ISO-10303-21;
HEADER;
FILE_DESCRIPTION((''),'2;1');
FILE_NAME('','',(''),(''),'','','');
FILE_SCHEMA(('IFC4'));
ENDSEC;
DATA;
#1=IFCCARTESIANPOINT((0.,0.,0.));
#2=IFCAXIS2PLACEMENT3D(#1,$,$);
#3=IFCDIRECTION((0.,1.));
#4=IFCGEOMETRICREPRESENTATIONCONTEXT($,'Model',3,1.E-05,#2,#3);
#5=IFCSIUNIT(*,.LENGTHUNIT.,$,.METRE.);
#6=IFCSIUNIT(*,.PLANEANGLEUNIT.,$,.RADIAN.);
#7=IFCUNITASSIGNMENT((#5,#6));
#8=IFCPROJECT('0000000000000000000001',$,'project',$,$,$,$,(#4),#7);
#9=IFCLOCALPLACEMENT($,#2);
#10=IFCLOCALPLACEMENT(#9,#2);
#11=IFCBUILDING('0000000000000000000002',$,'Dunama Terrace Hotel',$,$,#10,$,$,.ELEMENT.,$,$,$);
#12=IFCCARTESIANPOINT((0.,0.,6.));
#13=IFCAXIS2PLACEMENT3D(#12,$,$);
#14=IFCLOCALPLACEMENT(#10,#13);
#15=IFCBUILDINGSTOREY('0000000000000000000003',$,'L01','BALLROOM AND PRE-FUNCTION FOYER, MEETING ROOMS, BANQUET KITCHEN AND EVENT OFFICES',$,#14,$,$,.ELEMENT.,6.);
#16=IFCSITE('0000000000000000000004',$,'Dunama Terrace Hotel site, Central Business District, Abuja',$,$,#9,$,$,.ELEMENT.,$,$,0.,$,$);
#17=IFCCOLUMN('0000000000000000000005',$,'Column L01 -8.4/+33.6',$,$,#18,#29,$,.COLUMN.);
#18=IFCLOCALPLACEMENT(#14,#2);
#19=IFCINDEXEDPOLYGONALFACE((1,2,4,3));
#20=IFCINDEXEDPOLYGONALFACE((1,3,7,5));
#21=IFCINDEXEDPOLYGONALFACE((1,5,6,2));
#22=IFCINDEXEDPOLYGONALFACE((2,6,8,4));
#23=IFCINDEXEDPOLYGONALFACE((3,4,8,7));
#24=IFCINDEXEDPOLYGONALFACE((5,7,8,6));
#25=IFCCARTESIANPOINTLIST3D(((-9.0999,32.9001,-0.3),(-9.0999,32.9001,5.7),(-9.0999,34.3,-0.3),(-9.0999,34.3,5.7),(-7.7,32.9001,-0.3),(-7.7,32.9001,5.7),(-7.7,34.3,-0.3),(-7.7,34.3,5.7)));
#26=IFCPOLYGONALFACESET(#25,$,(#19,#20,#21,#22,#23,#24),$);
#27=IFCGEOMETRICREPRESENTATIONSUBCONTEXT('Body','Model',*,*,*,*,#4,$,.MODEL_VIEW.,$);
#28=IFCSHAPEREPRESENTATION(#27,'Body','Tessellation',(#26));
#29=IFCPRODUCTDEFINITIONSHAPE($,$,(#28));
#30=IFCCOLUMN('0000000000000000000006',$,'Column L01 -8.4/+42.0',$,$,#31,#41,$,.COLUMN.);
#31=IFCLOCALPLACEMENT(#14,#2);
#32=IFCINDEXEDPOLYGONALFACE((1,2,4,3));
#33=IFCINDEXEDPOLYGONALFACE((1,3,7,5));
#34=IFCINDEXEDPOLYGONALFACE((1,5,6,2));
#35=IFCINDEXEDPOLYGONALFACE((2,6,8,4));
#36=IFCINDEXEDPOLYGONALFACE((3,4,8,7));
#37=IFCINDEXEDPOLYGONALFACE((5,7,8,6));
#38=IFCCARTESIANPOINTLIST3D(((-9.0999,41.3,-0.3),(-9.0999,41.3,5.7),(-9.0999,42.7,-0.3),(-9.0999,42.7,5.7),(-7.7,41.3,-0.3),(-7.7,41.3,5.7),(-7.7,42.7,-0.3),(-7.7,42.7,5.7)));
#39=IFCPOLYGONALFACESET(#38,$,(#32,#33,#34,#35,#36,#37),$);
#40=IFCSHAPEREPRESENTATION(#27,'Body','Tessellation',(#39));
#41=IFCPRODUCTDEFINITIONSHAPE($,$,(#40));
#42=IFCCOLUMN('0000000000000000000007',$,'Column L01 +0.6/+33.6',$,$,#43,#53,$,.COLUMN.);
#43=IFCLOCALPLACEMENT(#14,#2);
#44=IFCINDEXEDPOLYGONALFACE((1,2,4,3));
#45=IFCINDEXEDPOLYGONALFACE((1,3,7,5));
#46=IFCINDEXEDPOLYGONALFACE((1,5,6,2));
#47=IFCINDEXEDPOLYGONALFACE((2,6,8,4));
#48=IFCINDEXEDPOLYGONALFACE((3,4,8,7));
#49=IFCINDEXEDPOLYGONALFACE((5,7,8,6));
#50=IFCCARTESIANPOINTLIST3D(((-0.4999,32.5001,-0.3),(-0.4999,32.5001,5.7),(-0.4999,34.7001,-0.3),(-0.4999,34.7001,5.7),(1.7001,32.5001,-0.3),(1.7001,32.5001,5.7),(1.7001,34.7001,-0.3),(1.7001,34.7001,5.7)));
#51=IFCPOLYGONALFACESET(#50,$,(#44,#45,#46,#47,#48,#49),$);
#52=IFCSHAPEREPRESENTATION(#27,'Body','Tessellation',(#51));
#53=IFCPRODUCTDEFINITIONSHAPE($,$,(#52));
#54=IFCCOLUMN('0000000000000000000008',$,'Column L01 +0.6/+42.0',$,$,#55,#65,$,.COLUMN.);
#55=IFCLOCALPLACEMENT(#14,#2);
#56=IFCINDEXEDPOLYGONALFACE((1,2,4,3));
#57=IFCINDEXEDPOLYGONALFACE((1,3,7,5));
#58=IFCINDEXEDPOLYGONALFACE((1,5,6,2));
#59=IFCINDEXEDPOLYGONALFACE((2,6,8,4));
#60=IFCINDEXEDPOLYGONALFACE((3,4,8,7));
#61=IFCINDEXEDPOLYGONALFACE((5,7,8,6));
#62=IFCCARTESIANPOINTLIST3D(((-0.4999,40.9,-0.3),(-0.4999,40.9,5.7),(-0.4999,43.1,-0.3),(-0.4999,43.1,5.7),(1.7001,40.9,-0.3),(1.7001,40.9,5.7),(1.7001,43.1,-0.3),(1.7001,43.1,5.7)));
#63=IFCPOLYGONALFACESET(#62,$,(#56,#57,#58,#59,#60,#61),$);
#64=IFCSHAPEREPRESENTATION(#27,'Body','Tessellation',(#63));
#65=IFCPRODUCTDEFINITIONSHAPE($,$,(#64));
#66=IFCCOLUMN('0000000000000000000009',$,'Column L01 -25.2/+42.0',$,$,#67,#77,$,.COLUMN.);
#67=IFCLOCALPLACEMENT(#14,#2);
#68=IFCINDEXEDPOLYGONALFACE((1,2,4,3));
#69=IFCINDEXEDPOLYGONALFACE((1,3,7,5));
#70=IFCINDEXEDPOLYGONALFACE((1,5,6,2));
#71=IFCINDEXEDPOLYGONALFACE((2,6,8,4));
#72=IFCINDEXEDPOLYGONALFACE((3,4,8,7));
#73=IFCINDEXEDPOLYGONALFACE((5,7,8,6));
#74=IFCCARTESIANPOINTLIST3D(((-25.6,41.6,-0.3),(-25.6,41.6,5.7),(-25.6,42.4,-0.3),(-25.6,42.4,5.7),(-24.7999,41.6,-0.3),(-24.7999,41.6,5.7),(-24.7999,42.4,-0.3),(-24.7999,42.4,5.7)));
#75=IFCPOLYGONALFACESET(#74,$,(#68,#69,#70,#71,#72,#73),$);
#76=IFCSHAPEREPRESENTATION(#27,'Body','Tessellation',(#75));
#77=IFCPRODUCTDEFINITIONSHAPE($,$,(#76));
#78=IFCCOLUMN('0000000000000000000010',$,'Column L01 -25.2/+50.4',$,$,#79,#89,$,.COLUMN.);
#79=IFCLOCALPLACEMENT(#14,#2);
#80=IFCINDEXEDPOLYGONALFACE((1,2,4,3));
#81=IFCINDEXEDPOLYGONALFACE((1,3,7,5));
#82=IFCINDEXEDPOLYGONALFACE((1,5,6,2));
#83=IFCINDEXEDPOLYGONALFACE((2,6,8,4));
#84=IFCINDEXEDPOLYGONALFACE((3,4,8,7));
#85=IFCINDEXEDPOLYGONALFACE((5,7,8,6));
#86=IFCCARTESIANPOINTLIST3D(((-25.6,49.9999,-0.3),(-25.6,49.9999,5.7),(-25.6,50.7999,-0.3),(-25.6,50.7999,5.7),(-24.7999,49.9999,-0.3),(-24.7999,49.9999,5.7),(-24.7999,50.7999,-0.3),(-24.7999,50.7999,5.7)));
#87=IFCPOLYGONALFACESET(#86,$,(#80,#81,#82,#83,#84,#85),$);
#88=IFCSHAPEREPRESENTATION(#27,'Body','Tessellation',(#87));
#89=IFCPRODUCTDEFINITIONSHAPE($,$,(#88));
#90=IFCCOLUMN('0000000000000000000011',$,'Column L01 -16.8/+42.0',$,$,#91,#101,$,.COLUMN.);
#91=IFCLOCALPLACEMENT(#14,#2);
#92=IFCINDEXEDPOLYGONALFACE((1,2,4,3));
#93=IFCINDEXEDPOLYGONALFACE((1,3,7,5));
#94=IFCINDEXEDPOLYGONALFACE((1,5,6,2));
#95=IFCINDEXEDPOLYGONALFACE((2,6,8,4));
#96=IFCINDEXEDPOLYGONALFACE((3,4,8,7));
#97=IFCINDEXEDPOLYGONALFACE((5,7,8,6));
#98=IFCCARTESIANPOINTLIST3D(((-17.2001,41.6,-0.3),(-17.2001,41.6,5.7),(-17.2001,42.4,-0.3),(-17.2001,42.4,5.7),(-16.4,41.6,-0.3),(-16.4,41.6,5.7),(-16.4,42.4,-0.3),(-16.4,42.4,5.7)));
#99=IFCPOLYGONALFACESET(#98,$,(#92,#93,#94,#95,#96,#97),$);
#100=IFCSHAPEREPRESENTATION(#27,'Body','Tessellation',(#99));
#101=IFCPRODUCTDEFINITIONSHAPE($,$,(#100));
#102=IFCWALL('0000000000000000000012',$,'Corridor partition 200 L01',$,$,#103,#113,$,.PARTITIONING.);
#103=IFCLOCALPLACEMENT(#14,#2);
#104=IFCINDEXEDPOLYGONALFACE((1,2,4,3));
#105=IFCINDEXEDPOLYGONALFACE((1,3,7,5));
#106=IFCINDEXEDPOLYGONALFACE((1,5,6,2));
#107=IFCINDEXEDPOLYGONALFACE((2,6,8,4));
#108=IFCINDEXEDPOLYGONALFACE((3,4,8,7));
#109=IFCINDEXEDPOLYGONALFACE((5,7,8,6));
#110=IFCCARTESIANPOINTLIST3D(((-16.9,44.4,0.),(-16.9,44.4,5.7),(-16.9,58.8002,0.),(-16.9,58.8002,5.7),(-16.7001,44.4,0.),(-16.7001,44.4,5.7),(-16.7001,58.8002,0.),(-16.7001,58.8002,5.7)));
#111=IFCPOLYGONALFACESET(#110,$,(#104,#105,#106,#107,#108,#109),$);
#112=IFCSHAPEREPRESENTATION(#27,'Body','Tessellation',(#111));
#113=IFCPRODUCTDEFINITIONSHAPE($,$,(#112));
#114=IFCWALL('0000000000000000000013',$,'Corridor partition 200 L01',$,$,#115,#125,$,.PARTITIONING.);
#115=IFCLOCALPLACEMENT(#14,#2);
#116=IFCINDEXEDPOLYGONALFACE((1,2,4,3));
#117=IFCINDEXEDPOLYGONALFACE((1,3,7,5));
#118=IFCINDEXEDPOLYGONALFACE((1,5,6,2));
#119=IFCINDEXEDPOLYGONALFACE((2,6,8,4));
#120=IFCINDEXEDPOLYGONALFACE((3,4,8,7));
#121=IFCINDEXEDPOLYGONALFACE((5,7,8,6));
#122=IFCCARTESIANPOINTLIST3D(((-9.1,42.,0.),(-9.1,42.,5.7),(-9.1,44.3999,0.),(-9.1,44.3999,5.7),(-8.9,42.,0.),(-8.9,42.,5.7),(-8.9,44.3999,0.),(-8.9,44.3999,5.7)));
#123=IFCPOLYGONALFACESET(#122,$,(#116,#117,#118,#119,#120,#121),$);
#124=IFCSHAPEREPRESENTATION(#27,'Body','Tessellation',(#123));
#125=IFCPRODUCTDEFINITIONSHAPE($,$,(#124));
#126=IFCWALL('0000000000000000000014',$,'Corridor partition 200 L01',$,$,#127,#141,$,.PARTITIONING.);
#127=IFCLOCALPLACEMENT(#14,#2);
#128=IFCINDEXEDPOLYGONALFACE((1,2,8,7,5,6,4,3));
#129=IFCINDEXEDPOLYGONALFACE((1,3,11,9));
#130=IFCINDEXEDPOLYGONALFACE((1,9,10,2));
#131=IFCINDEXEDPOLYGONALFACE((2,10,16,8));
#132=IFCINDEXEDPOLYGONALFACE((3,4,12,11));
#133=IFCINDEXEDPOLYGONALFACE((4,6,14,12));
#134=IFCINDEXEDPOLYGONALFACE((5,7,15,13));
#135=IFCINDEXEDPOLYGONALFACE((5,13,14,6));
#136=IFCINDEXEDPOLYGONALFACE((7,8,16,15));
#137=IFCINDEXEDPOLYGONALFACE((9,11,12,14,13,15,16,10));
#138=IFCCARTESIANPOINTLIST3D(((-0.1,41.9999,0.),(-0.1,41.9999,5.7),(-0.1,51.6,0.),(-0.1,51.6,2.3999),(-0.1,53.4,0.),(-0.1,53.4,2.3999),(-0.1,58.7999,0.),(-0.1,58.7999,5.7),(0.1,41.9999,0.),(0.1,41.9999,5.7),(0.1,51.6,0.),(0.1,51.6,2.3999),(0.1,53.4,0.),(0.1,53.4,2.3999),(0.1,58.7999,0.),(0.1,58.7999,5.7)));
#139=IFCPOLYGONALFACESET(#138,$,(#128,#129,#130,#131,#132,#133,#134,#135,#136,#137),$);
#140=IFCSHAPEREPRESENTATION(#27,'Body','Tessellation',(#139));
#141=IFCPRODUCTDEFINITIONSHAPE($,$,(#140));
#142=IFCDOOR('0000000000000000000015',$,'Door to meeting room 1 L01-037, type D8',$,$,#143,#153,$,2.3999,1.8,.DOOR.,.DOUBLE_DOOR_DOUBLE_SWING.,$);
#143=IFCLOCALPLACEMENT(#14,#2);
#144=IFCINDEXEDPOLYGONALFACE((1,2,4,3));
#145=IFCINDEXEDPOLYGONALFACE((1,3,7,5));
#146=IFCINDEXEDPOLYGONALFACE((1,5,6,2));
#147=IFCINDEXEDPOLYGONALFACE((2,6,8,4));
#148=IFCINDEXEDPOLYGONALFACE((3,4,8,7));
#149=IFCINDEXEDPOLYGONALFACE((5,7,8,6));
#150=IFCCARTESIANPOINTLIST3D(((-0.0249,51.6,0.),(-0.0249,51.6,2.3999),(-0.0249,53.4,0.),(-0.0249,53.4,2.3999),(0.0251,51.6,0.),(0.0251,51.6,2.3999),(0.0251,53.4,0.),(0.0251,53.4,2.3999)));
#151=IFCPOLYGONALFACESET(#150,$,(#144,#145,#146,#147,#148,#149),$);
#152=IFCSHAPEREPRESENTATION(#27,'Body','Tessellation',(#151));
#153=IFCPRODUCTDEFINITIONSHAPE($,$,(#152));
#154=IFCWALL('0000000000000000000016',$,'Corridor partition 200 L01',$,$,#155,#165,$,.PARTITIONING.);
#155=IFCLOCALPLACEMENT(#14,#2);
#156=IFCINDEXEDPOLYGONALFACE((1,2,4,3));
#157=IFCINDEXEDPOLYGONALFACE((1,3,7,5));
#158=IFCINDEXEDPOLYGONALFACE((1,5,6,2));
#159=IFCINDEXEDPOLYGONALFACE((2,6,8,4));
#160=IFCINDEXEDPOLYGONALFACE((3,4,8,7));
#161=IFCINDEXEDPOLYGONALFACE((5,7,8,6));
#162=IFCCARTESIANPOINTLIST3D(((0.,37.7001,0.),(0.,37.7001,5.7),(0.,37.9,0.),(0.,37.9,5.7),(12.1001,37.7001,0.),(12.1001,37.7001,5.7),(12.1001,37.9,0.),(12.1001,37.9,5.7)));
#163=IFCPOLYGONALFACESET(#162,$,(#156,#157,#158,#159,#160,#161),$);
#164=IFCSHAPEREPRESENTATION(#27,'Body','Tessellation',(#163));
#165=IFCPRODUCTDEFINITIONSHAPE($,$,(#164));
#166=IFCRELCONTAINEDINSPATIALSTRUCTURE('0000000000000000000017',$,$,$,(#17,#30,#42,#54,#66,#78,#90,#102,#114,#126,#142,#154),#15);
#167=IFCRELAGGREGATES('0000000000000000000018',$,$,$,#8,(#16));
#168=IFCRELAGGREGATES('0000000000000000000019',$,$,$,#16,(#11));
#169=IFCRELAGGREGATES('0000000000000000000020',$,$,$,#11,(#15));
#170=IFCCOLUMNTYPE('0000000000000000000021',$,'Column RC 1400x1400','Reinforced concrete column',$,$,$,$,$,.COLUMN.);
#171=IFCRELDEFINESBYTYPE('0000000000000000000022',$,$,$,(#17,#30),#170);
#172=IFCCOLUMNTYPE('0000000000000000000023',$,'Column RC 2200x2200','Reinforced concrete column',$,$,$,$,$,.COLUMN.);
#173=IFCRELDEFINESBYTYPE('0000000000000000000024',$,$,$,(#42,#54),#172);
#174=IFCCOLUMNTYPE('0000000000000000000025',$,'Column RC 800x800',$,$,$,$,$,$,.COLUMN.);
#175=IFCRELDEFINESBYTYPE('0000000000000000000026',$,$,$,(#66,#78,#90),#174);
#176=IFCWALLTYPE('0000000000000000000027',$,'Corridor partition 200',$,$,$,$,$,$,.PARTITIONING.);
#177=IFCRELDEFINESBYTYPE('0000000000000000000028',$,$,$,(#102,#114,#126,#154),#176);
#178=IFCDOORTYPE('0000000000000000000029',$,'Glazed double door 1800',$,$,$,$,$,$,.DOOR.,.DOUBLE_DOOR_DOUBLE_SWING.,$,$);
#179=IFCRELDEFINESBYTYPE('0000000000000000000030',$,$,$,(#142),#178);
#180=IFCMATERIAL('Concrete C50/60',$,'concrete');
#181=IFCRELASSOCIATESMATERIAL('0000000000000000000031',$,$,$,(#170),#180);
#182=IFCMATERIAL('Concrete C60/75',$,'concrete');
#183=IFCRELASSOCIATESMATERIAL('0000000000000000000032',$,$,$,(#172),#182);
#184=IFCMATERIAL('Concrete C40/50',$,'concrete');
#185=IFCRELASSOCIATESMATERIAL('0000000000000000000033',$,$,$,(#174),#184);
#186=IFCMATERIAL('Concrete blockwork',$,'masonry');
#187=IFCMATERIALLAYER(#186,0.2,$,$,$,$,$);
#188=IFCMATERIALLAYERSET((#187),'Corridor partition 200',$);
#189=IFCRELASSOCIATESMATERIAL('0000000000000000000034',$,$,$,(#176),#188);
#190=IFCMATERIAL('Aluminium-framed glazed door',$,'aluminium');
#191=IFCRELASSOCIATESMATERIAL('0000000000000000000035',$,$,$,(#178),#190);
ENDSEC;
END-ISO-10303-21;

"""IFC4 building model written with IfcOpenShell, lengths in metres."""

from ifc_helpers import new_model, si_unit, direction, frame, frame_2d, origin, origin_2d, place, context, subcontext, project, spatial, rectangle, extrude, material, layer, layer_set, material_profile, profile_set, type_object, element, fill, save


model = new_model("IFC4")

# Units and contexts
model_context = context("Model", 3, precision=1e-05, world=origin(), true_north=direction((0.0, 1.0)))
body_context = subcontext(model_context, "Body", "Model", "MODEL_VIEW")
ifc_project = project(units=[si_unit("LENGTHUNIT", "METRE"), si_unit("PLANEANGLEUNIT", "RADIAN")], contexts=[model_context])

# Site, building, storey
site_placement = place(None, origin())
site = spatial("IfcSite", under=ifc_project, at=site_placement, Name="Dunama Terrace Hotel site, Central Business District, Abuja", CompositionType="ELEMENT", RefElevation=0.0)
building_placement = place(site_placement, origin())
building = spatial("IfcBuilding", under=site, at=building_placement, Name="Dunama Terrace Hotel", CompositionType="ELEMENT")
storey_placement = place(building_placement, frame((0.0, 0.0, 6.0)))
storey = spatial("IfcBuildingStorey", under=building, at=storey_placement, Name="L01", Description="BALLROOM AND PRE-FUNCTION FOYER, MEETING ROOMS, BANQUET KITCHEN AND EVENT OFFICES", CompositionType="ELEMENT", Elevation=6.0)

# Columns
ifc_material_1 = material(Name="Concrete C50/60", Category="concrete")
ifc_material_profile_1 = material_profile(ifc_material_1, rectangle(XDim=1.3999, YDim=1.3999, at=origin_2d()), Name="RC 1400x1400")
ifc_profile_set_1 = profile_set([ifc_material_profile_1], Name="Concrete C50/60")
column_type_1 = type_object("IfcColumnType", Name="Column RC 1400x1400", Description="Reinforced concrete column", PredefinedType="COLUMN", material=ifc_profile_set_1)
for number, where, z_axis, x_axis, name in (
    (1, (-8.3999, 33.6001, -0.3), (0.0, 0.0, 1.0), (1.0, 0.0, 0.0), "Column L01 -8.4/+33.6"),
    (2, (-8.3999, 42.0, -0.3), (0.0, 0.0, 1.0), (1.0, 0.0, 0.0), "Column L01 -8.4/+42.0"),
):
    element("IfcColumn", number, at=place(storey_placement, frame(where, z_axis=z_axis, x_axis=x_axis)), inside=storey, type_object=column_type_1, Name=name, PredefinedType="COLUMN", context=body_context, shape_type="SweptSolid", body=[
        extrude(rectangle(XDim=1.3999, YDim=1.3999, at=origin_2d()), origin(), (0.0, 0.0, 1.0), 6.0),
    ])
ifc_material_2 = material(Name="Concrete C60/75", Category="concrete")
ifc_material_profile_2 = material_profile(ifc_material_2, rectangle(XDim=2.2, YDim=2.2, at=origin_2d()), Name="RC 2200x2200")
ifc_profile_set_2 = profile_set([ifc_material_profile_2], Name="Concrete C60/75")
column_type_2 = type_object("IfcColumnType", Name="Column RC 2200x2200", Description="Reinforced concrete column", PredefinedType="COLUMN", material=ifc_profile_set_2)
for number, where, z_axis, x_axis, name in (
    (3, (0.6001, 33.6001, -0.3), (0.0, 0.0, 1.0), (1.0, 0.0, 0.0), "Column L01 +0.6/+33.6"),
    (4, (0.6001, 42.0, -0.3), (0.0, 0.0, 1.0), (1.0, 0.0, 0.0), "Column L01 +0.6/+42.0"),
):
    element("IfcColumn", number, at=place(storey_placement, frame(where, z_axis=z_axis, x_axis=x_axis)), inside=storey, type_object=column_type_2, Name=name, PredefinedType="COLUMN", context=body_context, shape_type="SweptSolid", body=[
        extrude(rectangle(XDim=2.2, YDim=2.2, at=origin_2d()), origin(), (0.0, 0.0, 1.0), 6.0),
    ])
ifc_material_3 = material(Name="Concrete C40/50", Category="concrete")
ifc_material_profile_3 = material_profile(ifc_material_3, rectangle(XDim=0.8, YDim=0.8, at=origin_2d()), Name="RC 800x800")
ifc_profile_set_3 = profile_set([ifc_material_profile_3], Name="Concrete C40/50")
column_type_3 = type_object("IfcColumnType", Name="Column RC 800x800", PredefinedType="COLUMN", material=ifc_profile_set_3)
for number, where, z_axis, x_axis, name in (
    (5, (-25.2, 42.0, -0.3), (0.0, 0.0, 1.0), (1.0, 0.0, 0.0), "Column L01 -25.2/+42.0"),
    (6, (-25.2, 50.3999, -0.3), (0.0, 0.0, 1.0), (1.0, 0.0, 0.0), "Column L01 -25.2/+50.4"),
    (7, (-16.8, 42.0, -0.3), (0.0, 0.0, 1.0), (1.0, 0.0, 0.0), "Column L01 -16.8/+42.0"),
):
    element("IfcColumn", number, at=place(storey_placement, frame(where, z_axis=z_axis, x_axis=x_axis)), inside=storey, type_object=column_type_3, Name=name, PredefinedType="COLUMN", context=body_context, shape_type="SweptSolid", body=[
        extrude(rectangle(XDim=0.8, YDim=0.8, at=origin_2d()), origin(), (0.0, 0.0, 1.0), 6.0),
    ])

# Walls
ifc_material_4 = material(Name="Concrete blockwork", Category="masonry")
ifc_layer_1 = layer(ifc_material_4, 0.2)
ifc_layer_set_1 = layer_set([ifc_layer_1], Name="Corridor partition 200")
wall_type_1 = type_object("IfcWallType", Name="Corridor partition 200", PredefinedType="PARTITIONING", material=ifc_layer_set_1)
wall_1_placement = place(storey_placement, frame((-16.8, 44.3999, 0.0), z_axis=(0.0, 0.0, 1.0), x_axis=(0.0, 1.0, 0.0)))
element("IfcWall", 8, at=wall_1_placement, inside=storey, type_object=wall_type_1, Name="Corridor partition 200 L01", PredefinedType="PARTITIONING", context=body_context, shape_type="SweptSolid", body=[
    extrude(rectangle(XDim=14.4001, YDim=0.2, at=frame_2d((7.2002, 0.0))), origin(), (0.0, 0.0, 1.0), 5.7),
])
wall_2_placement = place(storey_placement, frame((-9.0, 42.0, 0.0), z_axis=(0.0, 0.0, 1.0), x_axis=(0.0, 1.0, 0.0)))
element("IfcWall", 9, at=wall_2_placement, inside=storey, type_object=wall_type_1, Name="Corridor partition 200 L01", PredefinedType="PARTITIONING", context=body_context, shape_type="SweptSolid", body=[
    extrude(rectangle(XDim=2.3999, YDim=0.2, at=frame_2d((1.2, 0.0))), origin(), (0.0, 0.0, 1.0), 5.7),
])

# Wall, opening, door
wall_3_placement = place(storey_placement, frame((0.0, 42.0, 0.0), z_axis=(0.0, 0.0, 1.0), x_axis=(0.0, 1.0, 0.0)))
wall_3 = element("IfcWall", 10, at=wall_3_placement, inside=storey, type_object=wall_type_1, Name="Corridor partition 200 L01", PredefinedType="PARTITIONING", context=body_context, shape_type="SweptSolid", body=[
    extrude(rectangle(XDim=16.8, YDim=0.2, at=frame_2d((8.3999, 0.0))), origin(), (0.0, 0.0, 1.0), 5.7),
])
opening_1_placement = place(wall_3_placement, frame((9.6001, 0.0, 0.0)))
opening_1 = element("IfcOpeningElement", 11, at=opening_1_placement, cuts=wall_3, PredefinedType="OPENING", context=body_context, shape_type="SweptSolid", body=[
    extrude(rectangle(XDim=1.8, YDim=2.3999, at=frame_2d((0.8999, 1.2))), frame((0.0, 0.1099, 0.0), z_axis=(0.0, -1.0, 0.0), x_axis=(1.0, 0.0, 0.0)), (0.0, 0.0, 1.0), 0.22),
])
ifc_material_5 = material(Name="Aluminium-framed glazed door", Category="aluminium")
door_type_1 = type_object("IfcDoorType", Name="Glazed double door 1800", OperationType="DOUBLE_DOOR_DOUBLE_SWING", PredefinedType="DOOR", material=ifc_material_5)
door_1_placement = place(opening_1_placement, origin())
door_1 = element("IfcDoor", 12, at=door_1_placement, inside=storey, type_object=door_type_1, Name="Door to meeting room 1 L01-037, type D8", OperationType="DOUBLE_DOOR_DOUBLE_SWING", OverallHeight=2.3999, OverallWidth=1.8, PredefinedType="DOOR", context=body_context, shape_type="SweptSolid", body=[
    extrude(rectangle(XDim=1.8, YDim=2.3999, at=frame_2d((0.8999, 1.2))), frame((0.0, 0.0249, 0.0), z_axis=(0.0, -1.0, 0.0), x_axis=(1.0, 0.0, 0.0)), (0.0, 0.0, 1.0), 0.05),
])
fill(opening_1, door_1)

# Wall
wall_4_placement = place(storey_placement, frame((0.0, 37.8, 0.0), z_axis=(0.0, 0.0, 1.0), x_axis=(1.0, 0.0, 0.0)))
element("IfcWall", 13, at=wall_4_placement, inside=storey, type_object=wall_type_1, Name="Corridor partition 200 L01", PredefinedType="PARTITIONING", context=body_context, shape_type="SweptSolid", body=[
    extrude(rectangle(XDim=12.1001, YDim=0.2, at=frame_2d((6.05, 0.0))), origin(), (0.0, 0.0, 1.0), 5.7),
])

save(model, "model.ifc")
